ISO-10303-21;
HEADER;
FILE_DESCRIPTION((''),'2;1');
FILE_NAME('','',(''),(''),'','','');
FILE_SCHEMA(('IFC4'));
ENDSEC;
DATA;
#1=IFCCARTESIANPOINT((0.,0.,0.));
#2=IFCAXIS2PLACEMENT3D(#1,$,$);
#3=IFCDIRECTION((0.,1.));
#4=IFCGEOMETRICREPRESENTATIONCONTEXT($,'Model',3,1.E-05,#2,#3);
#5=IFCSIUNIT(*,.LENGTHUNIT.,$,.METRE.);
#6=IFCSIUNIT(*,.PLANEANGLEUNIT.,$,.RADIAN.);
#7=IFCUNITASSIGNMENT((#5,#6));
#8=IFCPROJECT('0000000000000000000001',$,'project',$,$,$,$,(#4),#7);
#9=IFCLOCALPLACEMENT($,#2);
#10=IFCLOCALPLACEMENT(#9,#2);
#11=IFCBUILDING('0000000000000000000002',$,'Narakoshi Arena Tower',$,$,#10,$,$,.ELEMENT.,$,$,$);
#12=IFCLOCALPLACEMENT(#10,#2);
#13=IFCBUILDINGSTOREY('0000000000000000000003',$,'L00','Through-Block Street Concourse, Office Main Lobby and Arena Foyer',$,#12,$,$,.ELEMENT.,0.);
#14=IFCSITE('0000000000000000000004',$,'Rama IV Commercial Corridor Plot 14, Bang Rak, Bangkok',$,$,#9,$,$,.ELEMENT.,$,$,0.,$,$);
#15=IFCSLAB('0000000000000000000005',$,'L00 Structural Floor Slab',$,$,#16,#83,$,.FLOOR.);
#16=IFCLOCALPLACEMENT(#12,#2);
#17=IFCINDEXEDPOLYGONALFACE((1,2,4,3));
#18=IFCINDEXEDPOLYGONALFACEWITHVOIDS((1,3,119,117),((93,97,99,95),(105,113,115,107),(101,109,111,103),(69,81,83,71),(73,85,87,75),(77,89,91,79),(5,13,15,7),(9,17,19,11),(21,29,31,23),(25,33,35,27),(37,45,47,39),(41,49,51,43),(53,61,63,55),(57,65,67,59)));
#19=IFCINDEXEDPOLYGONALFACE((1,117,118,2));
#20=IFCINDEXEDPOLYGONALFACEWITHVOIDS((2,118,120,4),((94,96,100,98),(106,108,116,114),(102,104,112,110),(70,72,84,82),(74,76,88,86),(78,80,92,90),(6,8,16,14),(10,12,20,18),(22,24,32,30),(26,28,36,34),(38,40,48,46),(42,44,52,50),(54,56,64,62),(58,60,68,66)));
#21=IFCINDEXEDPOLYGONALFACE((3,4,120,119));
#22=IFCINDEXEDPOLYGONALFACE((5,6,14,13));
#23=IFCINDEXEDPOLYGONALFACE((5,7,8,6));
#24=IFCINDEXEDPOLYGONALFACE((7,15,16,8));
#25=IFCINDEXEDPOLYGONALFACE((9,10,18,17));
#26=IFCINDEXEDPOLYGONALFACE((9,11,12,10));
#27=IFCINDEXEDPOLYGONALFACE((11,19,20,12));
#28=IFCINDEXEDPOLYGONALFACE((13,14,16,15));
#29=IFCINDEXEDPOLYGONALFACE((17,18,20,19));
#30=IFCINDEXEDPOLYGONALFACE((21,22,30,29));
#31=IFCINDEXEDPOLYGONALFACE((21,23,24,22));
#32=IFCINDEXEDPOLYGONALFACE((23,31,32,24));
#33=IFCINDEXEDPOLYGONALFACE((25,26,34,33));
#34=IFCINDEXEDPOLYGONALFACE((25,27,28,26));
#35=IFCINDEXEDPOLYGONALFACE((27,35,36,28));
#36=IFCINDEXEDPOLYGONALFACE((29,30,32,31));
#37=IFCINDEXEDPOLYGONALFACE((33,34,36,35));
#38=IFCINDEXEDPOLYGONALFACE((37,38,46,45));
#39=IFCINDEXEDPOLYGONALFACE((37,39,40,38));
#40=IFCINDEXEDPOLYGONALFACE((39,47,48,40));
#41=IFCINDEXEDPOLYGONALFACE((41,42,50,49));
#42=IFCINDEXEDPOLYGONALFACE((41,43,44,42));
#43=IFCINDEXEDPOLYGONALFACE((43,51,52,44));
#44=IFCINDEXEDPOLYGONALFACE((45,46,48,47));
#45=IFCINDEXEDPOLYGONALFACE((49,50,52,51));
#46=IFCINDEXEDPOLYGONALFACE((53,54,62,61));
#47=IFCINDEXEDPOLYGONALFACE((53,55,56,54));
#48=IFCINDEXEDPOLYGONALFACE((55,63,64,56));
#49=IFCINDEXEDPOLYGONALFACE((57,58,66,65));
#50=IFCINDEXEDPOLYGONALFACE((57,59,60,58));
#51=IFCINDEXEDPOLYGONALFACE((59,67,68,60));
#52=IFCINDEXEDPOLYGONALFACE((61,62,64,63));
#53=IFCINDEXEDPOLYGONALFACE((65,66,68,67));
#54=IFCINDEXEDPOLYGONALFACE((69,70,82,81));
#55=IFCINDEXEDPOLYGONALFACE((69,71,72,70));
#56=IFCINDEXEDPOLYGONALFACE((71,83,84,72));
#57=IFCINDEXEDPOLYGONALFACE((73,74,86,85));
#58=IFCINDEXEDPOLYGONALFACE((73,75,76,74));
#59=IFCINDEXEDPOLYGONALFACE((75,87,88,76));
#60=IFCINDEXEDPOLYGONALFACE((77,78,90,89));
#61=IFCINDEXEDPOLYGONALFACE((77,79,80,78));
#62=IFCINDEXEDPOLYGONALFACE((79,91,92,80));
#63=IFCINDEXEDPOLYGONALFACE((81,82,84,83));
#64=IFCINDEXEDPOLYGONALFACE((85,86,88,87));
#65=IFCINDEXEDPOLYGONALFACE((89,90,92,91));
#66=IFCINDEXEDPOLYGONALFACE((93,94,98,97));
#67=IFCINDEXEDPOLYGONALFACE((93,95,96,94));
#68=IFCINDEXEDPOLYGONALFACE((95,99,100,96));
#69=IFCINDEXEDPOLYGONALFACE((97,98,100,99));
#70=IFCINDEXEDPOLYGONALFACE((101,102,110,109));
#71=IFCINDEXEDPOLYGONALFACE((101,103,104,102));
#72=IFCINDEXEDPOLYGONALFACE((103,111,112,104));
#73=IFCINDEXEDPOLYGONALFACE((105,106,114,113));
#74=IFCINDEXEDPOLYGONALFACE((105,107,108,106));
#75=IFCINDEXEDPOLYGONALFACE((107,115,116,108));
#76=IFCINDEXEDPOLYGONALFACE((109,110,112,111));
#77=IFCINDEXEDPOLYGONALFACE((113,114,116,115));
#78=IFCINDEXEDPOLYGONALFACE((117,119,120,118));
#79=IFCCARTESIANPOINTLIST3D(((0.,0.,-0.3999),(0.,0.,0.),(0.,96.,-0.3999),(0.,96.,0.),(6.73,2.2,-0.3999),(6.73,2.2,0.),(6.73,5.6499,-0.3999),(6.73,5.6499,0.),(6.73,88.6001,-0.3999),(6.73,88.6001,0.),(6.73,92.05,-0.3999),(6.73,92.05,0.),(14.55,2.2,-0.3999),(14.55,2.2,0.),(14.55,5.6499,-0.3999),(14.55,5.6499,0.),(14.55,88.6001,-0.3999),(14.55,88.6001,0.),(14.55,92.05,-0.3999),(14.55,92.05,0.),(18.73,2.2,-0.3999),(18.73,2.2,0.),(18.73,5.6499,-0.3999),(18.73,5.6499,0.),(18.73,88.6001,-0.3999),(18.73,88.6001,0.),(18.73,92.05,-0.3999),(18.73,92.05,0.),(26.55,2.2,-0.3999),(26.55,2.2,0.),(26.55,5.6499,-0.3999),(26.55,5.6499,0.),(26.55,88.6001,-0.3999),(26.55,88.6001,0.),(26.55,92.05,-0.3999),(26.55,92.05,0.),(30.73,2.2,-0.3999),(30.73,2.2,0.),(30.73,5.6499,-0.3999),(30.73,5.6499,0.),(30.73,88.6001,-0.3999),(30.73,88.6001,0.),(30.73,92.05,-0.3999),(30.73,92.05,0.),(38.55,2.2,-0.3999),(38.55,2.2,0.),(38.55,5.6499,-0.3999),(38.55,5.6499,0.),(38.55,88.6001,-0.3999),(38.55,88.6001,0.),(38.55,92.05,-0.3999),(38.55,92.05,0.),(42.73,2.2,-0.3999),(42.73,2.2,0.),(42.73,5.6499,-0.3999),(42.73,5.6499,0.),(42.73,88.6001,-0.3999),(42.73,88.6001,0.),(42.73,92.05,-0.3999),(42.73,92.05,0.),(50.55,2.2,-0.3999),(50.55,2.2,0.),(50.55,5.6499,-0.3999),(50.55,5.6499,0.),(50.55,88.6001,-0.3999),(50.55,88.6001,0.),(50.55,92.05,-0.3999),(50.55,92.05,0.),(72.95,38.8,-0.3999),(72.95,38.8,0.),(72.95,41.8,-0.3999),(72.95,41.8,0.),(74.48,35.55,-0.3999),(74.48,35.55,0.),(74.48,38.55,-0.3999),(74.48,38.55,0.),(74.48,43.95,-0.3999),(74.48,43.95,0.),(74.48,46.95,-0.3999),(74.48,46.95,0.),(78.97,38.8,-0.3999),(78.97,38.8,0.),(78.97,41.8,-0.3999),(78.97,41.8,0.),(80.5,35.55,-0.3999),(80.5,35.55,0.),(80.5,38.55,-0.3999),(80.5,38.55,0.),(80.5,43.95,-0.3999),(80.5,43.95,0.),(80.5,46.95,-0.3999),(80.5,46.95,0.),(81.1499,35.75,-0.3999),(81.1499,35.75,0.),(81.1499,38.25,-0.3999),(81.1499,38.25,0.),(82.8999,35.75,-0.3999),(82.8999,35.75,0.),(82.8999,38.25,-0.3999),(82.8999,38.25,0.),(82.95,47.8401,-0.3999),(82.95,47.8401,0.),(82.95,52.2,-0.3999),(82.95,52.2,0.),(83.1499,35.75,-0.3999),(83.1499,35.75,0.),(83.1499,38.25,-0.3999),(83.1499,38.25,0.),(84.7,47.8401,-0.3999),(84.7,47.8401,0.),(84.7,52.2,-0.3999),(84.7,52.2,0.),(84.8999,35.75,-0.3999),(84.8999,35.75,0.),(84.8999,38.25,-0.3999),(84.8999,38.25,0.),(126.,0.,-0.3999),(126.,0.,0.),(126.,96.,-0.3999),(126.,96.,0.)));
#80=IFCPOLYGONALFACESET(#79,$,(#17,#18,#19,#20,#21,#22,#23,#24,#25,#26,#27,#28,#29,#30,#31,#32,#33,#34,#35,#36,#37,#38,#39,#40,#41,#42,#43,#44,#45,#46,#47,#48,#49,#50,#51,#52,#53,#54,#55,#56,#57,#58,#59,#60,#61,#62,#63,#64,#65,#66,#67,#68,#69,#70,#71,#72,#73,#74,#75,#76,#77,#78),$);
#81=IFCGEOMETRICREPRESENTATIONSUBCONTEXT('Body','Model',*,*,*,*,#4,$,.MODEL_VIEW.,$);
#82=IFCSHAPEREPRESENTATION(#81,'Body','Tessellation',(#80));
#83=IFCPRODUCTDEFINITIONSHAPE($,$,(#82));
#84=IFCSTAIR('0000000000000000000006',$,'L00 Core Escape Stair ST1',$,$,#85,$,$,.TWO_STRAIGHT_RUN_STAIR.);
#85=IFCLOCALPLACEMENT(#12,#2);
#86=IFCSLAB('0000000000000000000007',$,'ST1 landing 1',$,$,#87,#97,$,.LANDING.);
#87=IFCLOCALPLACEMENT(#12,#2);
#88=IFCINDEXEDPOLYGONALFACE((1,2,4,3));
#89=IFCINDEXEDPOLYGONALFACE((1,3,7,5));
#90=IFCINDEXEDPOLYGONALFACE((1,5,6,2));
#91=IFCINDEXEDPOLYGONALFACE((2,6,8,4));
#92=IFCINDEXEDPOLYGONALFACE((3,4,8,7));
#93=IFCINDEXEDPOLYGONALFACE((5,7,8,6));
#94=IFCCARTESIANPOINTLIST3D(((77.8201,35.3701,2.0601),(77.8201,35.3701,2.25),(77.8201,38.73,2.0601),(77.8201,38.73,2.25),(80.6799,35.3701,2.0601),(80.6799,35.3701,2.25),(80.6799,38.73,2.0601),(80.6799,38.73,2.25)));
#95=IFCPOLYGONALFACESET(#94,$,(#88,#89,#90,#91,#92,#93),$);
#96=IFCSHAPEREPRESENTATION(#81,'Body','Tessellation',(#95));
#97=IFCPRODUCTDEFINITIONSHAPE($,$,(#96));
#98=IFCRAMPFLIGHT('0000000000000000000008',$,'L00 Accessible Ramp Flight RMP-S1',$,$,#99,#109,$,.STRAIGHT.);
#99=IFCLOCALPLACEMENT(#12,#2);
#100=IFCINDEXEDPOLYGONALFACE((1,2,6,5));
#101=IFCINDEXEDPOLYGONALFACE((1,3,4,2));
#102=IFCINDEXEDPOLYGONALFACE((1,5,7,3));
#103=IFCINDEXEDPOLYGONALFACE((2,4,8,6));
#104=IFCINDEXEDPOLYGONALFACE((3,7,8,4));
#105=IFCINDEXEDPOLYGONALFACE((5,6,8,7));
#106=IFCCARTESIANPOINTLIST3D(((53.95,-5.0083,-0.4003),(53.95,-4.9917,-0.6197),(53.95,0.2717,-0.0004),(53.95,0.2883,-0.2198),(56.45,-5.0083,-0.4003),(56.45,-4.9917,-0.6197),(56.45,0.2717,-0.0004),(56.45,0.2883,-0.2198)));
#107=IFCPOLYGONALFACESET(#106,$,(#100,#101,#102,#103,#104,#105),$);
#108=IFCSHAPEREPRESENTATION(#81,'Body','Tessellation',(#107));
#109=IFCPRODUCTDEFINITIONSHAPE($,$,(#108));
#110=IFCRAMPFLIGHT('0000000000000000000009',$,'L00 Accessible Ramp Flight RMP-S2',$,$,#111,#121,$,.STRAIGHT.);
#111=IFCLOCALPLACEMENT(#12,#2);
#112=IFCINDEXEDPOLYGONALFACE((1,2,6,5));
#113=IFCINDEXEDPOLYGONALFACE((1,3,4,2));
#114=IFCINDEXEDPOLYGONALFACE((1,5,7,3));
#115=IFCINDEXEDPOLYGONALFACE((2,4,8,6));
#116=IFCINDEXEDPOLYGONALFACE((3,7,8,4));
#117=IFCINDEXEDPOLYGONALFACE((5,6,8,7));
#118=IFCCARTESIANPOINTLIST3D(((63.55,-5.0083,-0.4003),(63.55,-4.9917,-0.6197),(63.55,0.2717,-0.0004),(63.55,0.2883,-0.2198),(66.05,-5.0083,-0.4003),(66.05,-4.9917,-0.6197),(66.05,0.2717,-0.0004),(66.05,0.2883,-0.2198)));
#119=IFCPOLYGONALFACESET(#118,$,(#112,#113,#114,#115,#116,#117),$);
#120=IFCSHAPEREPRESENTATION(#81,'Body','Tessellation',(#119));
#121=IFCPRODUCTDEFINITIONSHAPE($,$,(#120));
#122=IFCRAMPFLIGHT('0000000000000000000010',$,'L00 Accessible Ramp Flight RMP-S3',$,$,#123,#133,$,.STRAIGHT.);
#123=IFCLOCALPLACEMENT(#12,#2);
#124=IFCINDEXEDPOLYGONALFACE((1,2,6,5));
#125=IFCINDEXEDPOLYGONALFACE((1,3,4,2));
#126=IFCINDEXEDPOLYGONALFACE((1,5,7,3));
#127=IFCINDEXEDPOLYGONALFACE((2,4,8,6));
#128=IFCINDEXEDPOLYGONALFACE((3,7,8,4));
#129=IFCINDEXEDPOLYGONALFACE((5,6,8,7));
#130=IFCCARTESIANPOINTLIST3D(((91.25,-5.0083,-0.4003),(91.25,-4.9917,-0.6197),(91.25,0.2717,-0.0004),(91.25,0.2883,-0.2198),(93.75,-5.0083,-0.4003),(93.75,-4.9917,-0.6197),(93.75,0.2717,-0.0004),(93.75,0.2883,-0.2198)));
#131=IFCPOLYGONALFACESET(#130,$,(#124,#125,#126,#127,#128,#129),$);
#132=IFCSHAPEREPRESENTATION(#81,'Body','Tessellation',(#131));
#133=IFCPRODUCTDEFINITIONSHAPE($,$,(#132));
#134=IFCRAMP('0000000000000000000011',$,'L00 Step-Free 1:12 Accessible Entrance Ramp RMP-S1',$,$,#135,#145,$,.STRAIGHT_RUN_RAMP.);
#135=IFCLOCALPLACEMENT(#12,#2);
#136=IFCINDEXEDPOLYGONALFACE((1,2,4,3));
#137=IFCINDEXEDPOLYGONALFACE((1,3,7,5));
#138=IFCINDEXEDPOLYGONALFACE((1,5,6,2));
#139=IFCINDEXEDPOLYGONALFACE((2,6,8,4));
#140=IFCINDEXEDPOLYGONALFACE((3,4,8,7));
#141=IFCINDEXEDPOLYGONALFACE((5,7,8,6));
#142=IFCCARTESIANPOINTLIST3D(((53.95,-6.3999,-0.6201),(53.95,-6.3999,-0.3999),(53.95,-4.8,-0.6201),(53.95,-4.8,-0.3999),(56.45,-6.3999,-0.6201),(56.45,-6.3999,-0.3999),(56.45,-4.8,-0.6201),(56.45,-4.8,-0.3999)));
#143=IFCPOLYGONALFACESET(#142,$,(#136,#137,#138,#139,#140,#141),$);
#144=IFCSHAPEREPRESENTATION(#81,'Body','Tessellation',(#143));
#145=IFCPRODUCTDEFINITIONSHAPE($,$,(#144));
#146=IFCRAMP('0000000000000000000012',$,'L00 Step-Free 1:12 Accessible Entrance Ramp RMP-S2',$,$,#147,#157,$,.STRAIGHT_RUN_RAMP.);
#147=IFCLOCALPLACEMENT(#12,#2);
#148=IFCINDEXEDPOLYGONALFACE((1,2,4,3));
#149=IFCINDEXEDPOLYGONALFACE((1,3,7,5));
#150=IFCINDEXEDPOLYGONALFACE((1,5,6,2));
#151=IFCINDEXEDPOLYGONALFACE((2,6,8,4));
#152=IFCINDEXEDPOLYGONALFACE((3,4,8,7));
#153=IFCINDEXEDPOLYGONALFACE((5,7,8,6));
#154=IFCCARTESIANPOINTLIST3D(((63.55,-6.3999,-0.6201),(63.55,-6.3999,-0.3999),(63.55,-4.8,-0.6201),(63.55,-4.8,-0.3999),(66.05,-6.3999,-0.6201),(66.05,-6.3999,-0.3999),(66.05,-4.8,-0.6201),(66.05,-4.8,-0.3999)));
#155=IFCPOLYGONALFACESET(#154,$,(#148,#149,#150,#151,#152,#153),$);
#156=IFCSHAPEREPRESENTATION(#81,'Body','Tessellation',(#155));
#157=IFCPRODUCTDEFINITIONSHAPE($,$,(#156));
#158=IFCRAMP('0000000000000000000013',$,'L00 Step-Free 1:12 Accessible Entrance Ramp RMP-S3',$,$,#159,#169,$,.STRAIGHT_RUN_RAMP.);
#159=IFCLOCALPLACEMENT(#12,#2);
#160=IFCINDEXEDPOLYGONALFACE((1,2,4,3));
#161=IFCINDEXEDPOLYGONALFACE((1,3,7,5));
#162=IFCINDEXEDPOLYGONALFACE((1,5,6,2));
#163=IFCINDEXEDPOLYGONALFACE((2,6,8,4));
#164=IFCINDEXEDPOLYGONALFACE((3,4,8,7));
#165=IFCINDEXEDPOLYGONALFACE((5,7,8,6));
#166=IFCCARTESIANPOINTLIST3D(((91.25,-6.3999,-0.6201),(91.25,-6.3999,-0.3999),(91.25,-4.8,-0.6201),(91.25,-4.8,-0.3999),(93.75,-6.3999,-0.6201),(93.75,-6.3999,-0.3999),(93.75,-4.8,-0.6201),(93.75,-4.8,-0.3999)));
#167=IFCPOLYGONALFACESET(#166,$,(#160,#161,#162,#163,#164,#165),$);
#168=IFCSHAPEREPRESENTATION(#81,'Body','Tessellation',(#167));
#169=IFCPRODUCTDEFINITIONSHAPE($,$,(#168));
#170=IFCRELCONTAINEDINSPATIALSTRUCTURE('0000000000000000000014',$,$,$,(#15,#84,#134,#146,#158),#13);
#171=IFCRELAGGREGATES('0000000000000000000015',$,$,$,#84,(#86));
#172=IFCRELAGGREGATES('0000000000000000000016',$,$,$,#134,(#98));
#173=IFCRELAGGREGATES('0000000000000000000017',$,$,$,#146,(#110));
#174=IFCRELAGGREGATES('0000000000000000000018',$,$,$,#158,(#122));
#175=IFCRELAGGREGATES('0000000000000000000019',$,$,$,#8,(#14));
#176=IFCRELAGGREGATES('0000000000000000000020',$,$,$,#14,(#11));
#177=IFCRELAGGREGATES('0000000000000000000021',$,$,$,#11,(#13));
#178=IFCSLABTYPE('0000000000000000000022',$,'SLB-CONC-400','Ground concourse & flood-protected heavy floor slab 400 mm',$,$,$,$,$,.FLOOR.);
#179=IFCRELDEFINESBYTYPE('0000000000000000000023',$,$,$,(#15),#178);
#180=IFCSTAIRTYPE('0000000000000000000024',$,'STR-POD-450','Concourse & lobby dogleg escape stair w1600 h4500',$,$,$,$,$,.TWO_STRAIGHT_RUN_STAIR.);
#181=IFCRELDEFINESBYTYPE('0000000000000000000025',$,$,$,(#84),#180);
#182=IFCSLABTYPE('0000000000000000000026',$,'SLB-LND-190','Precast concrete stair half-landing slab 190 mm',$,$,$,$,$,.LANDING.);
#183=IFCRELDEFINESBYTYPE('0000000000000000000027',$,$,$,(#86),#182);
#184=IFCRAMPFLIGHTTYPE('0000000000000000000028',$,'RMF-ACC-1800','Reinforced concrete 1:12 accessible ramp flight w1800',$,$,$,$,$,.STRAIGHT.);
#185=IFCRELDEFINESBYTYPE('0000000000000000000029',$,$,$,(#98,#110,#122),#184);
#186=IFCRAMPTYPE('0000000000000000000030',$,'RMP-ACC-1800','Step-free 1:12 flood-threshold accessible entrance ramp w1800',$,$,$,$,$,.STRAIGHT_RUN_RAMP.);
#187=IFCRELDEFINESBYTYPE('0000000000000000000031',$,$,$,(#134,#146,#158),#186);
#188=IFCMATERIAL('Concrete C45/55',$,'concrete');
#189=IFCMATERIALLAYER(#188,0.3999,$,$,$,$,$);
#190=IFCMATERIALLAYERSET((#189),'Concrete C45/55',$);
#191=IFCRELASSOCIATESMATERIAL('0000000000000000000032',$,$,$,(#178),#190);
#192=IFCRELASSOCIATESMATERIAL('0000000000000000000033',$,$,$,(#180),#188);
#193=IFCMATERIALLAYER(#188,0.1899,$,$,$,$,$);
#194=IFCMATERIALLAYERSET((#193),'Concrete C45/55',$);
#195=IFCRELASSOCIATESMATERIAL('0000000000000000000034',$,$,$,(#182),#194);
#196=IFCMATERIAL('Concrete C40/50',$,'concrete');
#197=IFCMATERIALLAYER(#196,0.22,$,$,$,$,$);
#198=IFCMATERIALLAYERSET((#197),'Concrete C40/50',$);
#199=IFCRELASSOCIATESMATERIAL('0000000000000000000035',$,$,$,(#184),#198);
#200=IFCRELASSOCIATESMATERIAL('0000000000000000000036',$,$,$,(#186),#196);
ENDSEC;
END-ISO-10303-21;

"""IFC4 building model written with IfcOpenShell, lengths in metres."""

from ifc_helpers import new_model, si_unit, direction, frame, origin, origin_2d, place, context, subcontext, project, spatial, polyline, rectangle, outline, extrude, material, layer, layer_set, type_object, element, aggregate, save


model = new_model("IFC4")

# Units and contexts
model_context = context("Model", 3, precision=1e-05, world=origin(), true_north=direction((0.0, 1.0)))
body_context = subcontext(model_context, "Body", "Model", "MODEL_VIEW")
ifc_project = project(units=[si_unit("LENGTHUNIT", "METRE"), si_unit("PLANEANGLEUNIT", "RADIAN")], contexts=[model_context])

# Site, building, storey
site_placement = place(None, origin())
site = spatial("IfcSite", under=ifc_project, at=site_placement, Name="Rama IV Commercial Corridor Plot 14, Bang Rak, Bangkok", CompositionType="ELEMENT", RefElevation=0.0)
building_placement = place(site_placement, origin())
building = spatial("IfcBuilding", under=site, at=building_placement, Name="Narakoshi Arena Tower", CompositionType="ELEMENT")
storey_placement = place(building_placement, origin())
storey = spatial("IfcBuildingStorey", under=building, at=storey_placement, Name="L00", Description="Through-Block Street Concourse, Office Main Lobby and Arena Foyer", CompositionType="ELEMENT", Elevation=0.0)

# Slab
ifc_material_1 = material(Name="Concrete C45/55", Category="concrete")
ifc_layer_1 = layer(ifc_material_1, 0.3999)
ifc_layer_set_1 = layer_set([ifc_layer_1], Name="Concrete C45/55")
slab_type_1 = type_object("IfcSlabType", Name="SLB-CONC-400", Description="Ground concourse & flood-protected heavy floor slab 400 mm", PredefinedType="FLOOR", material=ifc_layer_set_1)
slab_1_placement = place(storey_placement, frame((0.0, 0.0, -0.3999)))
element("IfcSlab", 1, at=slab_1_placement, inside=storey, type_object=slab_type_1, Name="L00 Structural Floor Slab", PredefinedType="FLOOR", context=body_context, shape_type="SweptSolid", body=[
    extrude(outline(polyline([(0.0, 0.0), (126.0, 0.0), (126.0, 96.0), (0.0, 96.0), (0.0, 0.0)]), holes=[polyline([(14.55, 2.2), (6.73, 2.2), (6.73, 5.6499), (14.55, 5.6499), (14.55, 2.2)]), polyline([(18.73, 2.2), (18.73, 5.6499), (26.55, 5.6499), (26.55, 2.2), (18.73, 2.2)]), polyline([(30.73, 2.2), (30.73, 5.6499), (38.55, 5.6499), (38.55, 2.2), (30.73, 2.2)]), polyline([(42.73, 2.2), (42.73, 5.6499), (50.55, 5.6499), (50.55, 2.2), (42.73, 2.2)]), polyline([(74.48, 35.55), (74.48, 38.55), (80.5, 38.55), (80.5, 35.55), (74.48, 35.55)]), polyline([(82.8999, 35.75), (81.1499, 35.75), (81.1499, 38.25), (82.8999, 38.25), (82.8999, 35.75)]), polyline([(83.1499, 35.75), (83.1499, 38.25), (84.8999, 38.25), (84.8999, 35.75), (83.1499, 35.75)]), polyline([(72.95, 38.8), (72.95, 41.8), (78.97, 41.8), (78.97, 38.8), (72.95, 38.8)]), polyline([(74.48, 43.95), (74.48, 46.95), (80.5, 46.95), (80.5, 43.95), (74.48, 43.95)]), polyline([(82.95, 47.8401), (82.95, 52.2), (84.7, 52.2), (84.7, 47.8401), (82.95, 47.8401)]), polyline([(6.73, 88.6001), (6.73, 92.05), (14.55, 92.05), (14.55, 88.6001), (6.73, 88.6001)]), polyline([(18.73, 88.6001), (18.73, 92.05), (26.55, 92.05), (26.55, 88.6001), (18.73, 88.6001)]), polyline([(30.73, 88.6001), (30.73, 92.05), (38.55, 92.05), (38.55, 88.6001), (30.73, 88.6001)]), polyline([(42.73, 88.6001), (42.73, 92.05), (50.55, 92.05), (50.55, 88.6001), (42.73, 88.6001)])]), origin(), (0.0, 0.0, 1.0), 0.3999),
])

# Stair, slab
stair_type = type_object("IfcStairType", Name="STR-POD-450", Description="Concourse & lobby dogleg escape stair w1600 h4500", PredefinedType="TWO_STRAIGHT_RUN_STAIR", material=ifc_material_1)
stair_placement = place(storey_placement, origin())
stair = element("IfcStair", 2, at=stair_placement, inside=storey, type_object=stair_type, Name="L00 Core Escape Stair ST1", PredefinedType="TWO_STRAIGHT_RUN_STAIR")
ifc_layer_2 = layer(ifc_material_1, 0.1899)
ifc_layer_set_2 = layer_set([ifc_layer_2], Name="Concrete C45/55")
slab_type_2 = type_object("IfcSlabType", Name="SLB-LND-190", Description="Precast concrete stair half-landing slab 190 mm", PredefinedType="LANDING", material=ifc_layer_set_2)
slab_2_placement = place(storey_placement, frame((0.0, 0.0, 2.0601)))
slab_2 = element("IfcSlab", 3, at=slab_2_placement, type_object=slab_type_2, Name="ST1 landing 1", PredefinedType="LANDING", context=body_context, shape_type="SweptSolid", body=[
    extrude(outline(polyline([(77.8201, 35.3701), (80.6799, 35.3701), (80.6799, 38.73), (77.8201, 38.73), (77.8201, 35.3701)])), origin(), (0.0, 0.0, 1.0), 0.1899),
])
aggregate(stair, [slab_2])

# Ramp flights
ifc_material_2 = material(Name="Concrete C40/50", Category="concrete")
ifc_layer_3 = layer(ifc_material_2, 0.22)
ifc_layer_set_3 = layer_set([ifc_layer_3], Name="Concrete C40/50")
ramp_flight_type = type_object("IfcRampFlightType", Name="RMF-ACC-1800", Description="Reinforced concrete 1:12 accessible ramp flight w1800", PredefinedType="STRAIGHT", material=ifc_layer_set_3)
ramp_flight_1_placement = place(storey_placement, frame((55.2, -5.0, -0.51), z_axis=(0.0, 0.997144, 0.075522), x_axis=(-1.0, 0.0, 0.0)))
ramp_flight_1 = element("IfcRampFlight", 4, at=ramp_flight_1_placement, type_object=ramp_flight_type, Name="L00 Accessible Ramp Flight RMP-S1", PredefinedType="STRAIGHT", context=body_context, shape_type="SweptSolid", body=[
    extrude(rectangle(XDim=2.5, YDim=0.22, at=origin_2d()), origin(), (0.0, 0.0, 1.0), 5.2952),
])
ramp_flight_2_placement = place(storey_placement, frame((64.8, -5.0, -0.51), z_axis=(0.0, 0.997144, 0.075522), x_axis=(-1.0, 0.0, 0.0)))
ramp_flight_2 = element("IfcRampFlight", 5, at=ramp_flight_2_placement, type_object=ramp_flight_type, Name="L00 Accessible Ramp Flight RMP-S2", PredefinedType="STRAIGHT", context=body_context, shape_type="SweptSolid", body=[
    extrude(rectangle(XDim=2.5, YDim=0.22, at=origin_2d()), origin(), (0.0, 0.0, 1.0), 5.2952),
])
ramp_flight_3_placement = place(storey_placement, frame((92.5, -5.0, -0.51), z_axis=(0.0, 0.997144, 0.075522), x_axis=(-1.0, 0.0, 0.0)))
ramp_flight_3 = element("IfcRampFlight", 6, at=ramp_flight_3_placement, type_object=ramp_flight_type, Name="L00 Accessible Ramp Flight RMP-S3", PredefinedType="STRAIGHT", context=body_context, shape_type="SweptSolid", body=[
    extrude(rectangle(XDim=2.5, YDim=0.22, at=origin_2d()), origin(), (0.0, 0.0, 1.0), 5.2952),
])

# Ramps
ramp_type = type_object("IfcRampType", Name="RMP-ACC-1800", Description="Step-free 1:12 flood-threshold accessible entrance ramp w1800", PredefinedType="STRAIGHT_RUN_RAMP", material=ifc_material_2)
ramp_1_placement = place(storey_placement, frame((0.0, 0.0, -0.6201)))
ramp_1 = element("IfcRamp", 7, at=ramp_1_placement, inside=storey, type_object=ramp_type, Name="L00 Step-Free 1:12 Accessible Entrance Ramp RMP-S1", PredefinedType="STRAIGHT_RUN_RAMP", context=body_context, shape_type="SweptSolid", body=[
    extrude(outline(polyline([(53.95, -6.3999), (56.45, -6.3999), (56.45, -4.8), (53.95, -4.8), (53.95, -6.3999)])), origin(), (0.0, 0.0, 1.0), 0.2202),
])
aggregate(ramp_1, [ramp_flight_1])
ramp_2_placement = place(storey_placement, frame((0.0, 0.0, -0.6201)))
ramp_2 = element("IfcRamp", 8, at=ramp_2_placement, inside=storey, type_object=ramp_type, Name="L00 Step-Free 1:12 Accessible Entrance Ramp RMP-S2", PredefinedType="STRAIGHT_RUN_RAMP", context=body_context, shape_type="SweptSolid", body=[
    extrude(outline(polyline([(63.55, -6.3999), (66.05, -6.3999), (66.05, -4.8), (63.55, -4.8), (63.55, -6.3999)])), origin(), (0.0, 0.0, 1.0), 0.2202),
])
aggregate(ramp_2, [ramp_flight_2])
ramp_3_placement = place(storey_placement, frame((0.0, 0.0, -0.6201)))
ramp_3 = element("IfcRamp", 9, at=ramp_3_placement, inside=storey, type_object=ramp_type, Name="L00 Step-Free 1:12 Accessible Entrance Ramp RMP-S3", PredefinedType="STRAIGHT_RUN_RAMP", context=body_context, shape_type="SweptSolid", body=[
    extrude(outline(polyline([(91.25, -6.3999), (93.75, -6.3999), (93.75, -4.8), (91.25, -4.8), (91.25, -6.3999)])), origin(), (0.0, 0.0, 1.0), 0.2202),
])
aggregate(ramp_3, [ramp_flight_3])

save(model, "model.ifc")
